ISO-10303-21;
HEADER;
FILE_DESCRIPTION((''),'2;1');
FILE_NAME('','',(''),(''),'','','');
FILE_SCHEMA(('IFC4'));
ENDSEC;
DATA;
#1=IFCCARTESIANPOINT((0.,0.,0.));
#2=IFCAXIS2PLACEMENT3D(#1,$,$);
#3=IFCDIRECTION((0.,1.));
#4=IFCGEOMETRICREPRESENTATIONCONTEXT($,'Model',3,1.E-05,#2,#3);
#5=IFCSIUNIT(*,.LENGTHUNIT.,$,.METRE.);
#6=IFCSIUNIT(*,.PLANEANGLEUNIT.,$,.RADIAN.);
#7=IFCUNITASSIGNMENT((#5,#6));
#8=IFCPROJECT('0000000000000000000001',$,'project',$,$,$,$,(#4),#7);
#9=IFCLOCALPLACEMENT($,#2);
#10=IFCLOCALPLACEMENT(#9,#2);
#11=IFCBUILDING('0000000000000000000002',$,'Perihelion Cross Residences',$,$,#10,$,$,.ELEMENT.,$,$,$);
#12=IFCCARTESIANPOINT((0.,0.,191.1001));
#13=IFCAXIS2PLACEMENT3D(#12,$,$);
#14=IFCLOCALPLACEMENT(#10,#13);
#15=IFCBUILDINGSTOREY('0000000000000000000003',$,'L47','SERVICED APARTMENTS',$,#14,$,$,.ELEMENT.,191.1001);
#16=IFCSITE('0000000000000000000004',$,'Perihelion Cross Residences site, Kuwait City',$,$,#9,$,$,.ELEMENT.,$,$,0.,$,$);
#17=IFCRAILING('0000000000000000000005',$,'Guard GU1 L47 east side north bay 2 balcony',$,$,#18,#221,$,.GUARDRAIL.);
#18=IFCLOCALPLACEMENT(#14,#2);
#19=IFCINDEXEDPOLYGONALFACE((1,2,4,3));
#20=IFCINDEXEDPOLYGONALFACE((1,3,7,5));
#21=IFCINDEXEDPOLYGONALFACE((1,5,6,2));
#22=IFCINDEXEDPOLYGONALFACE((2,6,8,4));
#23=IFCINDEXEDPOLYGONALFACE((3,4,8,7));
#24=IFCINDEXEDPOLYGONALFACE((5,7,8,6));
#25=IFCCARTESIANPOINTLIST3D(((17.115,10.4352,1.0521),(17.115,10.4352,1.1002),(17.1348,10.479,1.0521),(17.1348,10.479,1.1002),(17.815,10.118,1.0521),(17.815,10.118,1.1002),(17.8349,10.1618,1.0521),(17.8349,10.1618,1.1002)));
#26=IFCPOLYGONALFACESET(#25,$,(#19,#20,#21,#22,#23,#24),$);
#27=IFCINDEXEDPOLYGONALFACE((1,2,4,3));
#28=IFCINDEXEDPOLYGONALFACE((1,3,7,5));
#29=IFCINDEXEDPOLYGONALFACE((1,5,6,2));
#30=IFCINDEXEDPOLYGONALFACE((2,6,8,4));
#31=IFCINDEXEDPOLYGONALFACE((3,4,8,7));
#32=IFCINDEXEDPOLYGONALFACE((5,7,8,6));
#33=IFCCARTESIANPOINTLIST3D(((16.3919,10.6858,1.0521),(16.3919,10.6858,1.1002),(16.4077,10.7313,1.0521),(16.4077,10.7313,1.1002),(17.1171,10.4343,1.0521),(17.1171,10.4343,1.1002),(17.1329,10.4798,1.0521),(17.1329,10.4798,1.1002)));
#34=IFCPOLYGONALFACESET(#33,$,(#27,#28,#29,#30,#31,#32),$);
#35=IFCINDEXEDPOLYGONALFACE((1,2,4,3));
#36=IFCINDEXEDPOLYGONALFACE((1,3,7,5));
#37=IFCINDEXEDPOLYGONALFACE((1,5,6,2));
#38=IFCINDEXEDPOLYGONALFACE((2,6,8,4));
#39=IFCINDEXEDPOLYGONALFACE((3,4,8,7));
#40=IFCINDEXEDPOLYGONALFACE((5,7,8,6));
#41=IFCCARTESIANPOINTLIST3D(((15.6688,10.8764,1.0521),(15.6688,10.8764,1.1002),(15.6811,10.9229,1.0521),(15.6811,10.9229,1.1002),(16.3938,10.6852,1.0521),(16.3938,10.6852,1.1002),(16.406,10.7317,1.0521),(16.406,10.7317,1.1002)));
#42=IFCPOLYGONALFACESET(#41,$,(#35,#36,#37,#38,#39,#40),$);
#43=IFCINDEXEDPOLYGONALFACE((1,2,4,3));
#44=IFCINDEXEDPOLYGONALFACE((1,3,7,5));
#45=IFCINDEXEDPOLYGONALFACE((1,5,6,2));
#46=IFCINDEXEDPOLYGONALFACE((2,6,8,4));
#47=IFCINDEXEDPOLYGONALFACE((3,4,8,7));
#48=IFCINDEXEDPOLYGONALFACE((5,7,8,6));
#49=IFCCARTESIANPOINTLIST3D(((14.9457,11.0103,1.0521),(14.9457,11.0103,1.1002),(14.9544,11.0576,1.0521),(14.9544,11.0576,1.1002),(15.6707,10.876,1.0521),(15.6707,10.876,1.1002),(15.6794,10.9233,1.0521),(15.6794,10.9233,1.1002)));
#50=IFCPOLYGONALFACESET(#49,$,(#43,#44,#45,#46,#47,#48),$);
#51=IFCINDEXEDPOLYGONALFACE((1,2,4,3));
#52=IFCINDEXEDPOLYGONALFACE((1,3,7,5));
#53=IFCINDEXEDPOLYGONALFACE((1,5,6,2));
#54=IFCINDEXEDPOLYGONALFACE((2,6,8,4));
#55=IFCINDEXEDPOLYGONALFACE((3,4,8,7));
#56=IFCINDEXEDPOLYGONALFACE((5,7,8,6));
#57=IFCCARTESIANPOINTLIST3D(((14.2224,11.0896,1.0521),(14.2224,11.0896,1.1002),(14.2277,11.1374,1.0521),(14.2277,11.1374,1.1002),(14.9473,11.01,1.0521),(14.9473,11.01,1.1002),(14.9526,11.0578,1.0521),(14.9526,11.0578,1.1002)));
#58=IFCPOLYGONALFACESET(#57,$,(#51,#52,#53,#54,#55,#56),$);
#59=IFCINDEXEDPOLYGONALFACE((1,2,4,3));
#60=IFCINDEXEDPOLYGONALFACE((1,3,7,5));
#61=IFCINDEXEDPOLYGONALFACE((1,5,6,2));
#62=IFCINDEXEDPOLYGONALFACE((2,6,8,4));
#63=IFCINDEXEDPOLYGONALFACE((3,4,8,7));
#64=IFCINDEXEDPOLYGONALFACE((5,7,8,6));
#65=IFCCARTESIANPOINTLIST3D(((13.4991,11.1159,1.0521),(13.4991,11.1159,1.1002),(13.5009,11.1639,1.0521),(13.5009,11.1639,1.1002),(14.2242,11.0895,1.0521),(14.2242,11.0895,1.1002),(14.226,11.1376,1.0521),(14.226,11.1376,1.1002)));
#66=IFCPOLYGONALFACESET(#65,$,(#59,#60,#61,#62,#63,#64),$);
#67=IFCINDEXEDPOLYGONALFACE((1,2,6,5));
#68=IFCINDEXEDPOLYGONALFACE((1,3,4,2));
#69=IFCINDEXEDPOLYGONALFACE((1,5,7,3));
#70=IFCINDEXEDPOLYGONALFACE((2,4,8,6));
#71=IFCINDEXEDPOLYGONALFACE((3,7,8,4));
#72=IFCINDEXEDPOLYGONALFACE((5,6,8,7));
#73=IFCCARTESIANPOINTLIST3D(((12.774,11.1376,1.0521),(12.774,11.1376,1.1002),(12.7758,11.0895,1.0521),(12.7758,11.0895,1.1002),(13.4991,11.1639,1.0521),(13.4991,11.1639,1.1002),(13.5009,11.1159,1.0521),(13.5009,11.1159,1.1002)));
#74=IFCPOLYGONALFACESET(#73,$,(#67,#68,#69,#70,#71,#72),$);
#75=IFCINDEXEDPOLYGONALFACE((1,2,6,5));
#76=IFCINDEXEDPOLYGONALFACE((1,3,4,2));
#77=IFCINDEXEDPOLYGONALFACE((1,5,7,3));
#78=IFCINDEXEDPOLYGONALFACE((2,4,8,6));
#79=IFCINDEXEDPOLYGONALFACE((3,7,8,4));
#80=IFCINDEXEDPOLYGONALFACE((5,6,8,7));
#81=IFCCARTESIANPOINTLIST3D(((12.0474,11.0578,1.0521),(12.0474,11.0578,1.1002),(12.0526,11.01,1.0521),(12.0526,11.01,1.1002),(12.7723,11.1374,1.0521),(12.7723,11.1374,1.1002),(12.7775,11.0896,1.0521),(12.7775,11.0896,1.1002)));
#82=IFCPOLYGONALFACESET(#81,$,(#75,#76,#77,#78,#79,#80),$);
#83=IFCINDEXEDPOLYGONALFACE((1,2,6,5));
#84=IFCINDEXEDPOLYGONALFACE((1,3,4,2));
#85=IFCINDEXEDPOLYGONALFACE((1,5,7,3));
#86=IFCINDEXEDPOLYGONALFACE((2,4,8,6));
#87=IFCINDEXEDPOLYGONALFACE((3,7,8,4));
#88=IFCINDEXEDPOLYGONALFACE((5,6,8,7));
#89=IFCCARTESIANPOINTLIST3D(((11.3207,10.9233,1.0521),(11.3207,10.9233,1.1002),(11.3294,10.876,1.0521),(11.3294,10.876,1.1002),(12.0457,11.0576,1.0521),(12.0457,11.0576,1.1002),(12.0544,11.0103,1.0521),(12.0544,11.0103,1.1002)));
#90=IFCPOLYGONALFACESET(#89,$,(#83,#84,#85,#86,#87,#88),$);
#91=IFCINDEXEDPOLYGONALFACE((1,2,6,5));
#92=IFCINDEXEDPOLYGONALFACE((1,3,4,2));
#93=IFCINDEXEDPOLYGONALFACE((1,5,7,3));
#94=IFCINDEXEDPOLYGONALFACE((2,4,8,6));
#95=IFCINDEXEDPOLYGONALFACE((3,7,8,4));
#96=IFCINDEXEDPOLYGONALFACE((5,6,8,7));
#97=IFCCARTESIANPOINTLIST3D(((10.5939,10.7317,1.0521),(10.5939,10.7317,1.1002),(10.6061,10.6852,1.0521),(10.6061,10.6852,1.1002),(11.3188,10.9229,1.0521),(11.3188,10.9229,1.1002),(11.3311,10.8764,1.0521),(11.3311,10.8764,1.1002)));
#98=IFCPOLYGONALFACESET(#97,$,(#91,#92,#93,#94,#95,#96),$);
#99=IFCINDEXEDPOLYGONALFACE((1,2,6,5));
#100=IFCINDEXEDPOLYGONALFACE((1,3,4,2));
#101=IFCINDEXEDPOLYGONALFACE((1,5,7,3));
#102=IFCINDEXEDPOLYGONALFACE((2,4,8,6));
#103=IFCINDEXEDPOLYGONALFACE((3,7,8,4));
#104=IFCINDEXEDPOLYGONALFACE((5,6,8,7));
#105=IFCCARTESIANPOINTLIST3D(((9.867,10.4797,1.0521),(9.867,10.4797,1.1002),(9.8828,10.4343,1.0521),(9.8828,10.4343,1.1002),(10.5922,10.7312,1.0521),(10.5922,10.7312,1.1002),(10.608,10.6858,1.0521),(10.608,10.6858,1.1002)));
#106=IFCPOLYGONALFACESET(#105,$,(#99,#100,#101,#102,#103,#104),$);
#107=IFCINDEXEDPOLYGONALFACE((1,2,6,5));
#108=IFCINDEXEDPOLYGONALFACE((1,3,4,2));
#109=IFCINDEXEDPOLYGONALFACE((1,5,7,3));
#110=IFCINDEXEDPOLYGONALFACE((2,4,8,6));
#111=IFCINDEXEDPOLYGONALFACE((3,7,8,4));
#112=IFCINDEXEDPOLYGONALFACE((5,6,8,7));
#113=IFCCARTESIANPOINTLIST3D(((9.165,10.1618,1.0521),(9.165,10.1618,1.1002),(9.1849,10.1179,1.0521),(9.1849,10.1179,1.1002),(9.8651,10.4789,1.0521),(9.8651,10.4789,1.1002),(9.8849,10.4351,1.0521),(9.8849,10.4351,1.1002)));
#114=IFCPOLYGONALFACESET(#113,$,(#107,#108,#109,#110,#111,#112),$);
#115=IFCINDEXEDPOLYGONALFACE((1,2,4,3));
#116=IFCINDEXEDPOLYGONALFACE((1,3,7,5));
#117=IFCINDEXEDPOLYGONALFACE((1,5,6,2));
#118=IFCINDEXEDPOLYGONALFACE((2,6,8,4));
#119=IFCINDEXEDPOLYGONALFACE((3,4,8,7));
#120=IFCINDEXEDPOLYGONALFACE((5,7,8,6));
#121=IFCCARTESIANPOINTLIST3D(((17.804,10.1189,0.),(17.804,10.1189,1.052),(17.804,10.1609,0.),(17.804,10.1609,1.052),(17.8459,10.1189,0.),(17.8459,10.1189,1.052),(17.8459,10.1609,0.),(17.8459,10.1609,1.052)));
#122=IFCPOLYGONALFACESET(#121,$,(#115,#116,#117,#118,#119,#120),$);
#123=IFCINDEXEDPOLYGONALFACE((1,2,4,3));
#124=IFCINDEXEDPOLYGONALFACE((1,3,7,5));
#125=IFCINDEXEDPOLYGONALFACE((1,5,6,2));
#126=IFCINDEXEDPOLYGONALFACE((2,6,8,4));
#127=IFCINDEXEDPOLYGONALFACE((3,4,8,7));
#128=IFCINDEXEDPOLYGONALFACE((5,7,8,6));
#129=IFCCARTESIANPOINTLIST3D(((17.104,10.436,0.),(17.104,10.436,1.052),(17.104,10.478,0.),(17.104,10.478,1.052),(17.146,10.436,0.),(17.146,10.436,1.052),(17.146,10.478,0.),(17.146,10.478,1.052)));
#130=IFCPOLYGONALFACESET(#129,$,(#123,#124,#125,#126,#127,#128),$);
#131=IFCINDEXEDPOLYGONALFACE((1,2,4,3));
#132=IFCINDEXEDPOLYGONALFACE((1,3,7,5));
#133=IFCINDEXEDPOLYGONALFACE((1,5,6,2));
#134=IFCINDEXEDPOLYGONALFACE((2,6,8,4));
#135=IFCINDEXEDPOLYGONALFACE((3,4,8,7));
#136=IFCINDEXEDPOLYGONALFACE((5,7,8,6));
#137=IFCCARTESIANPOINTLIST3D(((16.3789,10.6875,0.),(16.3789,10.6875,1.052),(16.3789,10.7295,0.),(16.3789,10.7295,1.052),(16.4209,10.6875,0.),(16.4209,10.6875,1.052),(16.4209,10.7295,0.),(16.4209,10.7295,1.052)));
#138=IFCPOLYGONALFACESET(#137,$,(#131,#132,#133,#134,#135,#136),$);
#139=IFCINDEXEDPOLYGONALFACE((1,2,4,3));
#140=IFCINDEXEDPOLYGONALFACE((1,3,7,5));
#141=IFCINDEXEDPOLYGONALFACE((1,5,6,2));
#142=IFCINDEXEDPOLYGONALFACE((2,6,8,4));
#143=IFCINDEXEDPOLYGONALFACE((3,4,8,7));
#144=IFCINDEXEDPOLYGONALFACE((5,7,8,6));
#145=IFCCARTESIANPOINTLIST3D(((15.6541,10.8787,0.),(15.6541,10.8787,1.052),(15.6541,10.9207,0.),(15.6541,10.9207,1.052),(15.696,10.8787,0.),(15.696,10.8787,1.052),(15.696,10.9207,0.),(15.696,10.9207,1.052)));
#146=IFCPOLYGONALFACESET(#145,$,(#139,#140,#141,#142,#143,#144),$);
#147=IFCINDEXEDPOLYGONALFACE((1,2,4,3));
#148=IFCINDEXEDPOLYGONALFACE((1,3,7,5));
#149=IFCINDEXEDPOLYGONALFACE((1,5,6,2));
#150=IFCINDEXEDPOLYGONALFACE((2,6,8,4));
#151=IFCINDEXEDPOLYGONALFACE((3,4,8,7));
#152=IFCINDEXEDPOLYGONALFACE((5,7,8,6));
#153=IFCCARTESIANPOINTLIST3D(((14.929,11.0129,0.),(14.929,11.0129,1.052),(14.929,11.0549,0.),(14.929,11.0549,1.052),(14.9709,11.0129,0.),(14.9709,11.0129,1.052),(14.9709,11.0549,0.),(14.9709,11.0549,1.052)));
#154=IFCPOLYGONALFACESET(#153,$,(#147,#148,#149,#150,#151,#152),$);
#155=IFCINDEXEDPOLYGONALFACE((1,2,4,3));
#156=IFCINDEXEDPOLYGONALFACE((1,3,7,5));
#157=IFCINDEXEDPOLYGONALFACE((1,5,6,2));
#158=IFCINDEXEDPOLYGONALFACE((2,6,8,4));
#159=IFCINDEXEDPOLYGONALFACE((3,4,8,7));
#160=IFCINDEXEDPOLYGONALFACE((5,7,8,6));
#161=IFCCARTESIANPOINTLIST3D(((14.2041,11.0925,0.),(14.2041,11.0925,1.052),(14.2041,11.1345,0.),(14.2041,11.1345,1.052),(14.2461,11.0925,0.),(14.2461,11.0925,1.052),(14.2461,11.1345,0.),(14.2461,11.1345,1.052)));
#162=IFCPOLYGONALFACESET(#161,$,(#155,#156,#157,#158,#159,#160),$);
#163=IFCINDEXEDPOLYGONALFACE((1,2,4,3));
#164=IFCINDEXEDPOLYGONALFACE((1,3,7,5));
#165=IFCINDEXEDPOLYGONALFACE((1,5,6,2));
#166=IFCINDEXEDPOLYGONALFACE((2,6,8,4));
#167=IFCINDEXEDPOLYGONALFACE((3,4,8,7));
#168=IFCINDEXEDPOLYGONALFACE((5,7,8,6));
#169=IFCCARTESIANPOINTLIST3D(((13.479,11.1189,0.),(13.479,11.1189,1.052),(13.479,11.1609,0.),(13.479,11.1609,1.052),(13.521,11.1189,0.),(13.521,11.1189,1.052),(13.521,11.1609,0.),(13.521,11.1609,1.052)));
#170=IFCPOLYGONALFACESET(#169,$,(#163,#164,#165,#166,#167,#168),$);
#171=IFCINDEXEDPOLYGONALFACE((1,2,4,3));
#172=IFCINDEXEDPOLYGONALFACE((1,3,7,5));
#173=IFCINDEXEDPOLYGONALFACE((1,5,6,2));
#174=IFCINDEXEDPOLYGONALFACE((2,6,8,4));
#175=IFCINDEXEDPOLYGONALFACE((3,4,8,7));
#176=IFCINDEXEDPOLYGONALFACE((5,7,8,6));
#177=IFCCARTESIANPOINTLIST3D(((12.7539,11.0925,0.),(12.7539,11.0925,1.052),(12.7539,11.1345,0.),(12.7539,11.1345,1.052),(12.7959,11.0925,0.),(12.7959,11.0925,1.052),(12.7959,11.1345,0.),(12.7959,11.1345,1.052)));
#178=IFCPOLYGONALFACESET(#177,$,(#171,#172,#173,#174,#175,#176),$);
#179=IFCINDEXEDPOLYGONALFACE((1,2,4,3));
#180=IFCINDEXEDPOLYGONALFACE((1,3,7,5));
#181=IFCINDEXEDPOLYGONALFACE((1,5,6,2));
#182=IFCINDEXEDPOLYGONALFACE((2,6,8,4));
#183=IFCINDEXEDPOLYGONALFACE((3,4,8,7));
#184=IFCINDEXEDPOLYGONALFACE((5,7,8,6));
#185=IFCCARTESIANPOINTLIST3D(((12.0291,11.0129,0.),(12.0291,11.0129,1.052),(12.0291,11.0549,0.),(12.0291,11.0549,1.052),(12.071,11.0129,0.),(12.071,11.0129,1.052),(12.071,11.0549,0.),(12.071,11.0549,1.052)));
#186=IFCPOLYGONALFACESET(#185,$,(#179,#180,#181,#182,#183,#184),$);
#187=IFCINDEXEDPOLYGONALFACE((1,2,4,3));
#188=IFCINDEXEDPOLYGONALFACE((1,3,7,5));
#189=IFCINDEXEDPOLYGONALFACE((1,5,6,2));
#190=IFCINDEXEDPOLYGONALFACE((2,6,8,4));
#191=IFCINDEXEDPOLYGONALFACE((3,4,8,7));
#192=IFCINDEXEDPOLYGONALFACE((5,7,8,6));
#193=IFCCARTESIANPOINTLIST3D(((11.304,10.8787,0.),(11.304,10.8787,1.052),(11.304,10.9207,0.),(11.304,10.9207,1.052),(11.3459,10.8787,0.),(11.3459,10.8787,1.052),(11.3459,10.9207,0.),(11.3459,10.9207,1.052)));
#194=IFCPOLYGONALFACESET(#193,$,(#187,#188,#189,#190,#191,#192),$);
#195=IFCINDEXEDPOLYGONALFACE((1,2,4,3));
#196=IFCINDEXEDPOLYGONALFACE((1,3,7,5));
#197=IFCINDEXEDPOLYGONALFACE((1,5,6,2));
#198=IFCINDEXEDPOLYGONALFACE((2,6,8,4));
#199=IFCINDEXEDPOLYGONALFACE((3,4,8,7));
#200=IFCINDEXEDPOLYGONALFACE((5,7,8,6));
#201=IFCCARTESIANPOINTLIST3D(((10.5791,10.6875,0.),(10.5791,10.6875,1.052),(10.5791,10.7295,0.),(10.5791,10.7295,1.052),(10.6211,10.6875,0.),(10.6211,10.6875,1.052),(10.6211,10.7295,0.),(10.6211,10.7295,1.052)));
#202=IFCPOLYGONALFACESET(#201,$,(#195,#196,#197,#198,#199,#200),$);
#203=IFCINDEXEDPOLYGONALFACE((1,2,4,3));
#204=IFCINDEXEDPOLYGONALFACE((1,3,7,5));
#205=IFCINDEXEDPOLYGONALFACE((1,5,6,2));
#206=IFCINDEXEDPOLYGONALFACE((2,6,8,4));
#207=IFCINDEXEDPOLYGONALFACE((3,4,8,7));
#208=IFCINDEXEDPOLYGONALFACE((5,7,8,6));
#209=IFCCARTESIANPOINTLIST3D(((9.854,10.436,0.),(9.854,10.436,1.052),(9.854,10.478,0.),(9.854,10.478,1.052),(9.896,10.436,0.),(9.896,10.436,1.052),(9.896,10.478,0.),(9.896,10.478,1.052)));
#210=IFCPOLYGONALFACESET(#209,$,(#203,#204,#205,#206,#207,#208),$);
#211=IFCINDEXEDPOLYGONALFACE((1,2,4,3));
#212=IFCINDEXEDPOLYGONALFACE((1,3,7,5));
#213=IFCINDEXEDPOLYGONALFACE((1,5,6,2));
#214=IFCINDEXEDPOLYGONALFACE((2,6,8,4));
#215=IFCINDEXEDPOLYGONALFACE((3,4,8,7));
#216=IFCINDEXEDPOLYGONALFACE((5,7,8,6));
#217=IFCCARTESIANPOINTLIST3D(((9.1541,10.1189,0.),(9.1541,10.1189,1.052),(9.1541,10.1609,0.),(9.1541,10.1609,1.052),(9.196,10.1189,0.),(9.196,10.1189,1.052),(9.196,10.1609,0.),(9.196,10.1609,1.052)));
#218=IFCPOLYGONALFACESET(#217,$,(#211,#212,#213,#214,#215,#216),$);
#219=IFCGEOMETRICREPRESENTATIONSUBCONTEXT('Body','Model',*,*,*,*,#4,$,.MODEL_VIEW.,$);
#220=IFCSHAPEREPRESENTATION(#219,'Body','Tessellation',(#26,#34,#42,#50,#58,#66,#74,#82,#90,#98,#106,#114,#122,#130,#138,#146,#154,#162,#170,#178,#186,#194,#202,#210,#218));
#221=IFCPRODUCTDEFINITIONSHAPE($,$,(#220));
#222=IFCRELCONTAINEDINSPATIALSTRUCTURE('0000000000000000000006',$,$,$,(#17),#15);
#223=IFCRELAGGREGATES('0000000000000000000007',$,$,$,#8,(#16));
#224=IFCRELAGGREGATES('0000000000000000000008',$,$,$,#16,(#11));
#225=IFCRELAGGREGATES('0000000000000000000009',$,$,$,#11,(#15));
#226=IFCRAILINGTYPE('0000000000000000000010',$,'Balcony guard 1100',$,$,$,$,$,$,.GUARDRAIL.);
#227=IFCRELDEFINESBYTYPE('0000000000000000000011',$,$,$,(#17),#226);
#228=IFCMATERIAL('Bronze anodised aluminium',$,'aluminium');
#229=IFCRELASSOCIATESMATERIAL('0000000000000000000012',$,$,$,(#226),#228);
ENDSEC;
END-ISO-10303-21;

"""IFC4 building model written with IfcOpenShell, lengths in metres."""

from ifc_helpers import new_model, si_unit, direction, frame, origin, origin_2d, place, context, subcontext, project, spatial, rectangle, extrude, material, type_object, element, save


model = new_model("IFC4")

# Units and contexts
model_context = context("Model", 3, precision=1e-05, world=origin(), true_north=direction((0.0, 1.0)))
body_context = subcontext(model_context, "Body", "Model", "MODEL_VIEW")
ifc_project = project(units=[si_unit("LENGTHUNIT", "METRE"), si_unit("PLANEANGLEUNIT", "RADIAN")], contexts=[model_context])

# Site, building, storey
site_placement = place(None, origin())
site = spatial("IfcSite", under=ifc_project, at=site_placement, Name="Perihelion Cross Residences site, Kuwait City", CompositionType="ELEMENT", RefElevation=0.0)
building_placement = place(site_placement, origin())
building = spatial("IfcBuilding", under=site, at=building_placement, Name="Perihelion Cross Residences", CompositionType="ELEMENT")
storey_placement = place(building_placement, frame((0.0, 0.0, 191.1001)))
storey = spatial("IfcBuildingStorey", under=building, at=storey_placement, Name="L47", Description="SERVICED APARTMENTS", CompositionType="ELEMENT", Elevation=191.1001)

# Railing
ifc_material_1 = material(Name="Bronze anodised aluminium", Category="aluminium")
railing_type = type_object("IfcRailingType", Name="Balcony guard 1100", PredefinedType="GUARDRAIL", material=ifc_material_1)
railing_placement = place(storey_placement, frame((17.825, 10.1399, 0.0)))
element("IfcRailing", 1, at=railing_placement, inside=storey, type_object=railing_type, Name="Guard GU1 L47 east side north bay 2 balcony", PredefinedType="GUARDRAIL", context=body_context, shape_type="SweptSolid", body=[
    extrude(rectangle(XDim=0.0481, YDim=0.0481, at=origin_2d()), frame((0.0, 0.0, 1.0762), z_axis=(-0.910866, 0.412702, 0.0), x_axis=(-0.412702, -0.910866, 0.0)), (0.0, 0.0, 1.0), 0.7686),
    extrude(rectangle(XDim=0.0481, YDim=0.0481, at=origin_2d()), frame((-0.7, 0.3171, 1.0762), z_axis=(-0.944797, 0.327657, 0.0), x_axis=(-0.327657, -0.944797, 0.0)), (0.0, 0.0, 1.0), 0.7676),
    extrude(rectangle(XDim=0.0481, YDim=0.0481, at=origin_2d()), frame((-1.425, 0.5686, 1.0762), z_axis=(-0.966939, 0.255006, 0.0), x_axis=(-0.255006, -0.966939, 0.0)), (0.0, 0.0, 1.0), 0.7498),
    extrude(rectangle(XDim=0.0481, YDim=0.0481, at=origin_2d()), frame((-2.1499, 0.7598, 1.0762), z_axis=(-0.983282, 0.182089, 0.0), x_axis=(-0.182089, -0.983282, 0.0)), (0.0, 0.0, 1.0), 0.7373),
    extrude(rectangle(XDim=0.0481, YDim=0.0481, at=origin_2d()), frame((-2.875, 0.894, 1.0762), z_axis=(-0.994026, 0.109145, 0.0), x_axis=(-0.109145, -0.994026, 0.0)), (0.0, 0.0, 1.0), 0.7292),
    extrude(rectangle(XDim=0.0481, YDim=0.0481, at=origin_2d()), frame((-3.5999, 0.9736, 1.0762), z_axis=(-0.999339, 0.03634, 0.0), x_axis=(-0.03634, -0.999339, 0.0)), (0.0, 0.0, 1.0), 0.7256),
    extrude(rectangle(XDim=0.0481, YDim=0.0481, at=origin_2d()), frame((-4.325, 1.0, 1.0762), z_axis=(-0.999339, -0.03634, 0.0), x_axis=(0.03634, -0.999339, 0.0)), (0.0, 0.0, 1.0), 0.7256),
    extrude(rectangle(XDim=0.0481, YDim=0.0481, at=origin_2d()), frame((-5.05, 0.9736, 1.0762), z_axis=(-0.994026, -0.109145, 0.0), x_axis=(0.109145, -0.994026, 0.0)), (0.0, 0.0, 1.0), 0.7292),
    extrude(rectangle(XDim=0.0481, YDim=0.0481, at=origin_2d()), frame((-5.7749, 0.894, 1.0762), z_axis=(-0.983282, -0.182089, 0.0), x_axis=(0.182089, -0.983282, 0.0)), (0.0, 0.0, 1.0), 0.7373),
    extrude(rectangle(XDim=0.0481, YDim=0.0481, at=origin_2d()), frame((-6.5, 0.7598, 1.0762), z_axis=(-0.966939, -0.255006, 0.0), x_axis=(0.255006, -0.966939, 0.0)), (0.0, 0.0, 1.0), 0.7498),
    extrude(rectangle(XDim=0.0481, YDim=0.0481, at=origin_2d()), frame((-7.2249, 0.5686, 1.0762), z_axis=(-0.944797, -0.327657, 0.0), x_axis=(0.327657, -0.944797, 0.0)), (0.0, 0.0, 1.0), 0.7676),
    extrude(rectangle(XDim=0.0481, YDim=0.0481, at=origin_2d()), frame((-7.95, 0.3171, 1.0762), z_axis=(-0.910866, -0.412702, 0.0), x_axis=(0.412702, -0.910866, 0.0)), (0.0, 0.0, 1.0), 0.7686),
    extrude(rectangle(XDim=0.042, YDim=0.042, at=origin_2d()), origin(), (0.0, 0.0, 1.0), 1.052),
    extrude(rectangle(XDim=0.042, YDim=0.042, at=origin_2d()), frame((-0.7, 0.3171, 0.0)), (0.0, 0.0, 1.0), 1.052),
    extrude(rectangle(XDim=0.042, YDim=0.042, at=origin_2d()), frame((-1.425, 0.5686, 0.0)), (0.0, 0.0, 1.0), 1.052),
    extrude(rectangle(XDim=0.042, YDim=0.042, at=origin_2d()), frame((-2.1499, 0.7598, 0.0)), (0.0, 0.0, 1.0), 1.052),
    extrude(rectangle(XDim=0.042, YDim=0.042, at=origin_2d()), frame((-2.875, 0.894, 0.0)), (0.0, 0.0, 1.0), 1.052),
    extrude(rectangle(XDim=0.042, YDim=0.042, at=origin_2d()), frame((-3.5999, 0.9736, 0.0)), (0.0, 0.0, 1.0), 1.052),
    extrude(rectangle(XDim=0.042, YDim=0.042, at=origin_2d()), frame((-4.325, 1.0, 0.0)), (0.0, 0.0, 1.0), 1.052),
    extrude(rectangle(XDim=0.042, YDim=0.042, at=origin_2d()), frame((-5.05, 0.9736, 0.0)), (0.0, 0.0, 1.0), 1.052),
    extrude(rectangle(XDim=0.042, YDim=0.042, at=origin_2d()), frame((-5.7749, 0.894, 0.0)), (0.0, 0.0, 1.0), 1.052),
    extrude(rectangle(XDim=0.042, YDim=0.042, at=origin_2d()), frame((-6.5, 0.7598, 0.0)), (0.0, 0.0, 1.0), 1.052),
    extrude(rectangle(XDim=0.042, YDim=0.042, at=origin_2d()), frame((-7.2249, 0.5686, 0.0)), (0.0, 0.0, 1.0), 1.052),
    extrude(rectangle(XDim=0.042, YDim=0.042, at=origin_2d()), frame((-7.95, 0.3171, 0.0)), (0.0, 0.0, 1.0), 1.052),
    extrude(rectangle(XDim=0.042, YDim=0.042, at=origin_2d()), frame((-8.6499, 0.0, 0.0)), (0.0, 0.0, 1.0), 1.052),
])

save(model, "model.ifc")
